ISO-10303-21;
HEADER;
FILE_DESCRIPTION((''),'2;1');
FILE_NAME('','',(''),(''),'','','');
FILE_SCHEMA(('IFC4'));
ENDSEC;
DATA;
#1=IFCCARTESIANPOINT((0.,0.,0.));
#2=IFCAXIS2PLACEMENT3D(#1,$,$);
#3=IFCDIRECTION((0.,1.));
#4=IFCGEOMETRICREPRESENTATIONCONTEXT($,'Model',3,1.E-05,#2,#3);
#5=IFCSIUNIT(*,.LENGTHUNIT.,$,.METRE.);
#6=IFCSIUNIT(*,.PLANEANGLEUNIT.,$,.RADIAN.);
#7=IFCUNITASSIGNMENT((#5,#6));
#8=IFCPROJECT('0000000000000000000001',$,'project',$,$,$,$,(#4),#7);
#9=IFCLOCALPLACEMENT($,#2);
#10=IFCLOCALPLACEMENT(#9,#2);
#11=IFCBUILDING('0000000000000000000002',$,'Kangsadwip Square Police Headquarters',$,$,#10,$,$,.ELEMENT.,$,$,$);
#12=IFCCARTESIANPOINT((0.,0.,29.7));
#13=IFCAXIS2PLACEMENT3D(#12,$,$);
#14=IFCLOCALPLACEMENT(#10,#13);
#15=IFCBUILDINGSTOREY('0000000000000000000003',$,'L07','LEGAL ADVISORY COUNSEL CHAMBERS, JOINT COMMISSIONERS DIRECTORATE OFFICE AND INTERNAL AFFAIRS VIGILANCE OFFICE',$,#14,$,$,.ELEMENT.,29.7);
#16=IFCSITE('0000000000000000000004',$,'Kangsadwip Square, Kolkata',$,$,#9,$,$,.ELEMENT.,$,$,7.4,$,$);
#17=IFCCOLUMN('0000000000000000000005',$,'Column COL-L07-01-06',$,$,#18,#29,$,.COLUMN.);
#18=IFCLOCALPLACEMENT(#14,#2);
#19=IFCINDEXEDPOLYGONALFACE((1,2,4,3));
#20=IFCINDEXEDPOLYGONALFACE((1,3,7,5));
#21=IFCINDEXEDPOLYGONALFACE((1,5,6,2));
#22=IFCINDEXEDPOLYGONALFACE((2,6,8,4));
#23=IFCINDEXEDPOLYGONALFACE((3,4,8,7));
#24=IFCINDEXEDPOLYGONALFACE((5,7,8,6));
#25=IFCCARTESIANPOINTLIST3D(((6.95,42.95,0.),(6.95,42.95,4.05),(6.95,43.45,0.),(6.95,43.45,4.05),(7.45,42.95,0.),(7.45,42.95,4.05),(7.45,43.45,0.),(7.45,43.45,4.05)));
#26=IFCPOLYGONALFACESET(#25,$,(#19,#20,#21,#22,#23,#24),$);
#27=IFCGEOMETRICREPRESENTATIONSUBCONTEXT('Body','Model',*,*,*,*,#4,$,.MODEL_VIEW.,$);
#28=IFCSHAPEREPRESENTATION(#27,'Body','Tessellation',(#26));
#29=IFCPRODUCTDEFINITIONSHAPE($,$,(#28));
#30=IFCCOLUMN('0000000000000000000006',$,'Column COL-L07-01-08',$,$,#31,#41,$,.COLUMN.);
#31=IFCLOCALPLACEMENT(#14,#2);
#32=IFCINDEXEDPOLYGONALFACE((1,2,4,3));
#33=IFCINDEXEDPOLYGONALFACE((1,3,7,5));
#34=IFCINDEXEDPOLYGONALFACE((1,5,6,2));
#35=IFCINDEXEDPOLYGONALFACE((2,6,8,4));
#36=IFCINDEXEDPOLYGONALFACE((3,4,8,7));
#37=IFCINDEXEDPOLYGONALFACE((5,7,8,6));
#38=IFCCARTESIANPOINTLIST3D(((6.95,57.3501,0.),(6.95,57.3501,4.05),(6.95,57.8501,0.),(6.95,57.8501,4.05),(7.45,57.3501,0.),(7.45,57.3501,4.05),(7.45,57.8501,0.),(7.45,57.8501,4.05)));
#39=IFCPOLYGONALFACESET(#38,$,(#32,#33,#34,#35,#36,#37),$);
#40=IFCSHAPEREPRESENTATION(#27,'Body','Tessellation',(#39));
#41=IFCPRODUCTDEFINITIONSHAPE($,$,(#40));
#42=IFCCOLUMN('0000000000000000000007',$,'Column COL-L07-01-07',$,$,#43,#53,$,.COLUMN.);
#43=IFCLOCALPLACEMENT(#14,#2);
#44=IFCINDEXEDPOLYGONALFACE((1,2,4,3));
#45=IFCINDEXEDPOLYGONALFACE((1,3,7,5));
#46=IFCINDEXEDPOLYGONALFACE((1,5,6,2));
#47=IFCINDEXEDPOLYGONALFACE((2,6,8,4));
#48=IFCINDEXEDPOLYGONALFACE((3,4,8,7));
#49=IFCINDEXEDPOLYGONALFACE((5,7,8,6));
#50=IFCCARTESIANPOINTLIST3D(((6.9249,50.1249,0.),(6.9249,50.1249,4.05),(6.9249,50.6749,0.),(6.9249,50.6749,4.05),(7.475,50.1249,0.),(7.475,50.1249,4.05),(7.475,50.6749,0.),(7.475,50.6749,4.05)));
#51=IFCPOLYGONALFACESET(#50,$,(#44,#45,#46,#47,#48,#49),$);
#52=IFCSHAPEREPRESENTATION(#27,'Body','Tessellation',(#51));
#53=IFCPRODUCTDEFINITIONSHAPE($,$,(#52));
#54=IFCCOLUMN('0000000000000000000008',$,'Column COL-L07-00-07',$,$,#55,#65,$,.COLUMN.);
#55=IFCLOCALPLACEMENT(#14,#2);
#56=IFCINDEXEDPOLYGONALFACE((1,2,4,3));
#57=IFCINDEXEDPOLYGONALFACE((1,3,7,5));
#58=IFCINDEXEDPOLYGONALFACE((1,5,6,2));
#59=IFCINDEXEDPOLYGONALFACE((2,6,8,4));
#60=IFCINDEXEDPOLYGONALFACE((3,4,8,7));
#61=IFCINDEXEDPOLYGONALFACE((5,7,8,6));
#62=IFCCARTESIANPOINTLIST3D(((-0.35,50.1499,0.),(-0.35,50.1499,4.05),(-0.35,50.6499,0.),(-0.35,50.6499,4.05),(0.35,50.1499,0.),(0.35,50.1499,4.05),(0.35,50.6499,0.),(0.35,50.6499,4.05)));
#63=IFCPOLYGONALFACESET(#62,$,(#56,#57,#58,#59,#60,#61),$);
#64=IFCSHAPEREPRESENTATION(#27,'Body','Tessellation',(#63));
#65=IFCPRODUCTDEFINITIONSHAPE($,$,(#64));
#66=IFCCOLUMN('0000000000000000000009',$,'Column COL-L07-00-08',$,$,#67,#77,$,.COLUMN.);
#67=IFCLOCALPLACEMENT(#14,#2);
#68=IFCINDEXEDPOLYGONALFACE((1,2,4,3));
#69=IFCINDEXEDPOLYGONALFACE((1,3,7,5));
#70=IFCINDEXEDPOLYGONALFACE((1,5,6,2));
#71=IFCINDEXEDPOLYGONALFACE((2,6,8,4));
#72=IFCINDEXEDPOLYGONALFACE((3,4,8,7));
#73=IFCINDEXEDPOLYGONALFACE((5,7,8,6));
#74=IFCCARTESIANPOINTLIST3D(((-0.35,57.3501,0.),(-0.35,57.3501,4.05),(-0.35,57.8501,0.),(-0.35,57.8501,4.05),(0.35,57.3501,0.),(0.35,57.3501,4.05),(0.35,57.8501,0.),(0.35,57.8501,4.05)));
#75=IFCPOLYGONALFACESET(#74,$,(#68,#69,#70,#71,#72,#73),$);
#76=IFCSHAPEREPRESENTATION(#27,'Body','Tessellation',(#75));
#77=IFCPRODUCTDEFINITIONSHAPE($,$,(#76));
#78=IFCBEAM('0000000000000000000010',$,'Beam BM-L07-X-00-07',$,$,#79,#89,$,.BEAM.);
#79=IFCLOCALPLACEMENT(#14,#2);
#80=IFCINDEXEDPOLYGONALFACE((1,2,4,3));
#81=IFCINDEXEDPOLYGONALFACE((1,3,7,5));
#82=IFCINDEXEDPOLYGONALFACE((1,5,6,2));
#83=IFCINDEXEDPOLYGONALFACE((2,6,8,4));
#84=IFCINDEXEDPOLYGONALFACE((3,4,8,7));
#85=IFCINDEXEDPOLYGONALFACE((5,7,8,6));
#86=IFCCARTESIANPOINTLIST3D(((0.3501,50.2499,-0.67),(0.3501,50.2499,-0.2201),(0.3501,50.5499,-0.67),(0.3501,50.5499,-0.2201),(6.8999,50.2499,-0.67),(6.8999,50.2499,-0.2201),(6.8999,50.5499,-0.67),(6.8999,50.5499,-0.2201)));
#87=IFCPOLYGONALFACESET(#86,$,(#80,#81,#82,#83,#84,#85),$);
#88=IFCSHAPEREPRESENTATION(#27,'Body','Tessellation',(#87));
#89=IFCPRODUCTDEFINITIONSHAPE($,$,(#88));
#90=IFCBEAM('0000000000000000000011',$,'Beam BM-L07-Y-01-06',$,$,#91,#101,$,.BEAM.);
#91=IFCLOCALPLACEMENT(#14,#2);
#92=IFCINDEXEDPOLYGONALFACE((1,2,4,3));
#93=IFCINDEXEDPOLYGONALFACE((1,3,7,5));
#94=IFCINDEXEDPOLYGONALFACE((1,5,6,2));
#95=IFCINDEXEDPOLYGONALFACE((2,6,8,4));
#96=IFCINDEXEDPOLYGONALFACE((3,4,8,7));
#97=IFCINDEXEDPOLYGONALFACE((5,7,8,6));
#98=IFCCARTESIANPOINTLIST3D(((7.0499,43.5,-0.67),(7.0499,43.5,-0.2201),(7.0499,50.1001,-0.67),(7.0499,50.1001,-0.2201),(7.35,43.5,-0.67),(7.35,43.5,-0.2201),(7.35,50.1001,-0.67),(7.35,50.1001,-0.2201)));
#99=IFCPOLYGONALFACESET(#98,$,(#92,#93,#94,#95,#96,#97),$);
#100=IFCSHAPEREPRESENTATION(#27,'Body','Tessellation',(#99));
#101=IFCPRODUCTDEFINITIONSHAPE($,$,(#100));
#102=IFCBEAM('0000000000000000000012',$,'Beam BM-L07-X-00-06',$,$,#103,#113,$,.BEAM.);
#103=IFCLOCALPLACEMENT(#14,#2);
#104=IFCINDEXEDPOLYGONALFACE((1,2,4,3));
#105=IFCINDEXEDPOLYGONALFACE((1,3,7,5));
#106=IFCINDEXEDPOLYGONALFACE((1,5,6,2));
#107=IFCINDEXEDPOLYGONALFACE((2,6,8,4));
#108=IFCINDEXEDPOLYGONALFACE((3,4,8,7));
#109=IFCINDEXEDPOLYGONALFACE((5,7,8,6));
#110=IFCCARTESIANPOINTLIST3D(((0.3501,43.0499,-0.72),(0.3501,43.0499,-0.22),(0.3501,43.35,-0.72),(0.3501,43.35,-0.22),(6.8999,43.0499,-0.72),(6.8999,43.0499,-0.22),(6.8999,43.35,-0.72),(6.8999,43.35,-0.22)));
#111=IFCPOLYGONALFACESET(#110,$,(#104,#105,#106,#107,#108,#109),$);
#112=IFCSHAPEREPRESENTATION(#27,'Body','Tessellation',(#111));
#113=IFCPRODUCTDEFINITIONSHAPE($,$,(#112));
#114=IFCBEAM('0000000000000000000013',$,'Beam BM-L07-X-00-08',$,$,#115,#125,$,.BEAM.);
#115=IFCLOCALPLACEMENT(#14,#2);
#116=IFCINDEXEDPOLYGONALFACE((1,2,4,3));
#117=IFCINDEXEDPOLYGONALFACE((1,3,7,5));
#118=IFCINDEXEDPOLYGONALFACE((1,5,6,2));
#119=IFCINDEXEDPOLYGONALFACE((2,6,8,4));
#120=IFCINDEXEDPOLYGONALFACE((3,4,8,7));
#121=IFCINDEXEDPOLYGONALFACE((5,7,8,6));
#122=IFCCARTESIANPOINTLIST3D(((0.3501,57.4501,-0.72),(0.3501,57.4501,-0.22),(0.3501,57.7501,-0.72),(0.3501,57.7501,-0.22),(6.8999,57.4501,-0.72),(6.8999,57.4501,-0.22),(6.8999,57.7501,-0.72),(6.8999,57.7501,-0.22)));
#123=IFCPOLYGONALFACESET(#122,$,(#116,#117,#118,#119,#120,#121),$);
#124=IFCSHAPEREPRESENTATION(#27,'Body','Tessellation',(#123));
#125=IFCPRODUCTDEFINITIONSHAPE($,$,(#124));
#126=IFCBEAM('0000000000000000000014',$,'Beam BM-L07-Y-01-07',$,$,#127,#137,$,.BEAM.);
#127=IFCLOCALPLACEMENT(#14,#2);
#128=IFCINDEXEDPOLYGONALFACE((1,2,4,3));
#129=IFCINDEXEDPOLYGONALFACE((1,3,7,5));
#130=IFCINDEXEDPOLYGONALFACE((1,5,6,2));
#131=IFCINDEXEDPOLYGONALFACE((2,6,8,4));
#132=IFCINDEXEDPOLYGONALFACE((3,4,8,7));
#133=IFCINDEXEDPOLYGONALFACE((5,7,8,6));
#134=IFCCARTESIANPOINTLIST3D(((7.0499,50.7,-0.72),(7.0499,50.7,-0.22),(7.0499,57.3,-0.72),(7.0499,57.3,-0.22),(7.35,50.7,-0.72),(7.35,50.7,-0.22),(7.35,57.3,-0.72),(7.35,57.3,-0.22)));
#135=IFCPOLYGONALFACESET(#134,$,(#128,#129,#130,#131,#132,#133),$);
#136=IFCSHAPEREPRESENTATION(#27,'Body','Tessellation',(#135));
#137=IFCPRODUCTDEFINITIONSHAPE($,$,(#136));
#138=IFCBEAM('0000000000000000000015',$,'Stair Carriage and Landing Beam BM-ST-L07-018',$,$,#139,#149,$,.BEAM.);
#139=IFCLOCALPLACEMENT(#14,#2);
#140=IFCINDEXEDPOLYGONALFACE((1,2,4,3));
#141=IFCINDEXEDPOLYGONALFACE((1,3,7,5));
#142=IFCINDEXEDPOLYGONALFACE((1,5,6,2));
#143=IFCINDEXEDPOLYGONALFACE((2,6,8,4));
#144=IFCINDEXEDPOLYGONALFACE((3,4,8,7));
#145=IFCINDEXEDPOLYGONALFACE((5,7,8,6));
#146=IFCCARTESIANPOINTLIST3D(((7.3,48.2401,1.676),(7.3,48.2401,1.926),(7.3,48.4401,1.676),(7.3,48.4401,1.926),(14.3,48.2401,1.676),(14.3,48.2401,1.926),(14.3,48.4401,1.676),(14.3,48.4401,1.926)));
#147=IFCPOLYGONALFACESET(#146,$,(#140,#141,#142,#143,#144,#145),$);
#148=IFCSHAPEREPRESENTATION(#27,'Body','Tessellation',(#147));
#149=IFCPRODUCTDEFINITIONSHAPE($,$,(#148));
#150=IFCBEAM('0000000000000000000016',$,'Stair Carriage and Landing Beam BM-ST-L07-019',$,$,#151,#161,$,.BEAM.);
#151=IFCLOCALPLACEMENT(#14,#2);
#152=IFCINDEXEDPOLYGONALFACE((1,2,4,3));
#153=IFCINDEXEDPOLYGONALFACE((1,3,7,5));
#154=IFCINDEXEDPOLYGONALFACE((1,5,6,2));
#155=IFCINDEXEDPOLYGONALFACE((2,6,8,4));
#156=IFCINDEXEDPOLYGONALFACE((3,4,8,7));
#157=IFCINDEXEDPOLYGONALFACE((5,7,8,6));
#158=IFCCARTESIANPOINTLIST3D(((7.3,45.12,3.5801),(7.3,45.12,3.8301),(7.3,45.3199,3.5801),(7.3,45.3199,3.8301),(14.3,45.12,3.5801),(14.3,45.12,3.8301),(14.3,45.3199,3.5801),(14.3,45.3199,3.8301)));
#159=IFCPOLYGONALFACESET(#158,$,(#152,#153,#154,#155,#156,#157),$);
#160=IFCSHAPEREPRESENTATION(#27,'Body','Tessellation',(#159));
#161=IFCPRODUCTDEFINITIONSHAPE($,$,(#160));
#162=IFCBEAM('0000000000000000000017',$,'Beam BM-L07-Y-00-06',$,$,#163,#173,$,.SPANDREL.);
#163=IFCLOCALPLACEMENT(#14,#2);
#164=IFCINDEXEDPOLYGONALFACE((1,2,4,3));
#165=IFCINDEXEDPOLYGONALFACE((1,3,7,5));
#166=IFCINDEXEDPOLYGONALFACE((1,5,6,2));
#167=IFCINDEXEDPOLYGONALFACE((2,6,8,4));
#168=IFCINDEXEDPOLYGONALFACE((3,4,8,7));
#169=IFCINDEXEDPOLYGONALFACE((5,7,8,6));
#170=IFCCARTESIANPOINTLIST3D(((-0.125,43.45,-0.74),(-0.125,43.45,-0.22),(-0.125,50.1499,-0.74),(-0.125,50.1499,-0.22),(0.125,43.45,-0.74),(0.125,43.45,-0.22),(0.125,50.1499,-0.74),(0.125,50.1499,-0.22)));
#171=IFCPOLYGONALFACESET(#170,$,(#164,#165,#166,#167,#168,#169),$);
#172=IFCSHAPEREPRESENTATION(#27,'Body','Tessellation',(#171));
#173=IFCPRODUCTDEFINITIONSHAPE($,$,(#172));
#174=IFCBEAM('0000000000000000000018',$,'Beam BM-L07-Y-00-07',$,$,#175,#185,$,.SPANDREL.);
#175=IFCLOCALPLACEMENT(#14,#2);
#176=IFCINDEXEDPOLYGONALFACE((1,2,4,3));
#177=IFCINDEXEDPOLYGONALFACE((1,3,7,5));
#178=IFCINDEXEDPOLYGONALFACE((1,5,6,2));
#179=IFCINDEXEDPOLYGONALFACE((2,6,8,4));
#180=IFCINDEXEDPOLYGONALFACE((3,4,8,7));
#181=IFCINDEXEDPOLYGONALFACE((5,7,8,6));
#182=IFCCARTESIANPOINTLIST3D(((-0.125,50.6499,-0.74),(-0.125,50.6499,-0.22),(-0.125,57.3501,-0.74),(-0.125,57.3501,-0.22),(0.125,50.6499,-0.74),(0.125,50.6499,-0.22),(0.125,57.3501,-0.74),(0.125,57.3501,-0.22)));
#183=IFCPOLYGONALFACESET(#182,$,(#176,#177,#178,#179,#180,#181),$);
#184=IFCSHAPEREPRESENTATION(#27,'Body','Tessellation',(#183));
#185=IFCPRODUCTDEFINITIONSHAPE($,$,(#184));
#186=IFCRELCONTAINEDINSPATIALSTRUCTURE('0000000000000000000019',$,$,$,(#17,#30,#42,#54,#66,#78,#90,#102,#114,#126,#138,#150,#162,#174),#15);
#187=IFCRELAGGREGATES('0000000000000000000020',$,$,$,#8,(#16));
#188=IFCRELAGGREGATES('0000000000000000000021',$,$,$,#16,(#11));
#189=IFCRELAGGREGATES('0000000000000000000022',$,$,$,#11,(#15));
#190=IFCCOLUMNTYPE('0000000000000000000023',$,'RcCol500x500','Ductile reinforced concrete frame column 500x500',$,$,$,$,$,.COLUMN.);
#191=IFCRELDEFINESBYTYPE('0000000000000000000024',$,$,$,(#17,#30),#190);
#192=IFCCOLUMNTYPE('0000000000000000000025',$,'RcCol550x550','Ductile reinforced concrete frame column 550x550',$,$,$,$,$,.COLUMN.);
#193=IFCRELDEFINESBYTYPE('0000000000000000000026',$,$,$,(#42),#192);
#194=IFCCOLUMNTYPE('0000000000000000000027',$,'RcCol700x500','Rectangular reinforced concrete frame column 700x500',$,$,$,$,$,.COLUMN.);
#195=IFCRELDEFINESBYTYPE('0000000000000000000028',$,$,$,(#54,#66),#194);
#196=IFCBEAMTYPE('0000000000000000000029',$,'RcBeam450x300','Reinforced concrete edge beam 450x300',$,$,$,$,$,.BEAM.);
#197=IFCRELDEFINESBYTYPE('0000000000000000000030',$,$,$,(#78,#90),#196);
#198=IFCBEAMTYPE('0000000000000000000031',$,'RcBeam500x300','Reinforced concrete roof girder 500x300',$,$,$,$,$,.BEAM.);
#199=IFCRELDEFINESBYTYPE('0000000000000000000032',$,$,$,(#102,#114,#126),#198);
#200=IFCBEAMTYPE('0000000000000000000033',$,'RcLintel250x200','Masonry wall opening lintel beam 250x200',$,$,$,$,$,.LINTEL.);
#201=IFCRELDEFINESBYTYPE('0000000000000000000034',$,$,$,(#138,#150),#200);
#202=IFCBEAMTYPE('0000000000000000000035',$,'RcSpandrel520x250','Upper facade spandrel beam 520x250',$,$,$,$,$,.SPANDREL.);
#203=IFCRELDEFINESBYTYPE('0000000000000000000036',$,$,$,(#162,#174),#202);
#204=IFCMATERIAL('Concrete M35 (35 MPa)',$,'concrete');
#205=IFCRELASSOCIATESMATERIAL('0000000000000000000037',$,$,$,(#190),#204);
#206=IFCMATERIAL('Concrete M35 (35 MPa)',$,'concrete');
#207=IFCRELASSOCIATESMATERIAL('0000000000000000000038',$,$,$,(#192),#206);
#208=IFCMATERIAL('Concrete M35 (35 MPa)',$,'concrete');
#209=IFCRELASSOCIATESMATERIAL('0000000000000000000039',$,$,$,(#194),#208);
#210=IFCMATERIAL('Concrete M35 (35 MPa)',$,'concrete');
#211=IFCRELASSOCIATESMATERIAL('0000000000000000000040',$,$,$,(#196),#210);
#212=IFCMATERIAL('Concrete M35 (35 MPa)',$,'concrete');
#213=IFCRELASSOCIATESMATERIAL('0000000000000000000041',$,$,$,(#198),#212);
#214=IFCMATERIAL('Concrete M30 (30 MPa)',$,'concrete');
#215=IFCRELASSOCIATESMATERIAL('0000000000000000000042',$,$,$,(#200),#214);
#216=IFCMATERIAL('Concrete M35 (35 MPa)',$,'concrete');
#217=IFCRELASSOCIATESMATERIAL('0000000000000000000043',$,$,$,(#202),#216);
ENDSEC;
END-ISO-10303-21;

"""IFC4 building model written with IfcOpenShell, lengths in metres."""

from ifc_helpers import new_model, si_unit, direction, frame, origin, origin_2d, place, context, subcontext, project, spatial, rectangle, extrude, material, material_profile, profile_set, type_object, element, save


model = new_model("IFC4")

# Units and contexts
model_context = context("Model", 3, precision=1e-05, world=origin(), true_north=direction((0.0, 1.0)))
body_context = subcontext(model_context, "Body", "Model", "MODEL_VIEW")
ifc_project = project(units=[si_unit("LENGTHUNIT", "METRE"), si_unit("PLANEANGLEUNIT", "RADIAN")], contexts=[model_context])

# Site, building, storey
site_placement = place(None, origin())
site = spatial("IfcSite", under=ifc_project, at=site_placement, Name="Kangsadwip Square, Kolkata", CompositionType="ELEMENT", RefElevation=7.4)
building_placement = place(site_placement, origin())
building = spatial("IfcBuilding", under=site, at=building_placement, Name="Kangsadwip Square Police Headquarters", CompositionType="ELEMENT")
storey_placement = place(building_placement, frame((0.0, 0.0, 29.7)))
storey = spatial("IfcBuildingStorey", under=building, at=storey_placement, Name="L07", Description="LEGAL ADVISORY COUNSEL CHAMBERS, JOINT COMMISSIONERS DIRECTORATE OFFICE AND INTERNAL AFFAIRS VIGILANCE OFFICE", CompositionType="ELEMENT", Elevation=29.7)

# Columns
ifc_material_1 = material(Name="Concrete M35 (35 MPa)", Category="concrete")
ifc_material_profile_1 = material_profile(ifc_material_1, rectangle(XDim=0.5, YDim=0.5, at=origin_2d()), Name="RC COL 500X500")
ifc_profile_set_1 = profile_set([ifc_material_profile_1], Name="Concrete M35 (35 MPa)")
column_type_1 = type_object("IfcColumnType", Name="RcCol500x500", Description="Ductile reinforced concrete frame column 500x500", PredefinedType="COLUMN", material=ifc_profile_set_1)
for number, where, z_axis, x_axis, name in (
    (1, (7.2, 43.2, 0.0), (0.0, 0.0, 1.0), (1.0, 0.0, 0.0), "Column COL-L07-01-06"),
    (2, (7.2, 57.6001, 0.0), (0.0, 0.0, 1.0), (1.0, 0.0, 0.0), "Column COL-L07-01-08"),
):
    element("IfcColumn", number, at=place(storey_placement, frame(where, z_axis=z_axis, x_axis=x_axis)), inside=storey, type_object=column_type_1, Name=name, PredefinedType="COLUMN", context=body_context, shape_type="SweptSolid", body=[
        extrude(rectangle(XDim=0.5, YDim=0.5, at=origin_2d()), origin(), (0.0, 0.0, 1.0), 4.05),
    ])
ifc_material_2 = material(Name="Concrete M35 (35 MPa)", Category="concrete")
ifc_material_profile_2 = material_profile(ifc_material_2, rectangle(XDim=0.55, YDim=0.55, at=origin_2d()), Name="RC COL 550X550")
ifc_profile_set_2 = profile_set([ifc_material_profile_2], Name="Concrete M35 (35 MPa)")
column_type_2 = type_object("IfcColumnType", Name="RcCol550x550", Description="Ductile reinforced concrete frame column 550x550", PredefinedType="COLUMN", material=ifc_profile_set_2)
column_placement = place(storey_placement, frame((7.2, 50.3999, 0.0), z_axis=(0.0, 0.0, 1.0), x_axis=(1.0, 0.0, 0.0)))
element("IfcColumn", 3, at=column_placement, inside=storey, type_object=column_type_2, Name="Column COL-L07-01-07", PredefinedType="COLUMN", context=body_context, shape_type="SweptSolid", body=[
    extrude(rectangle(XDim=0.55, YDim=0.55, at=origin_2d()), origin(), (0.0, 0.0, 1.0), 4.05),
])
ifc_material_3 = material(Name="Concrete M35 (35 MPa)", Category="concrete")
ifc_material_profile_3 = material_profile(ifc_material_3, rectangle(XDim=0.5, YDim=0.7, at=origin_2d()), Name="RC COL 700X500")
ifc_profile_set_3 = profile_set([ifc_material_profile_3], Name="Concrete M35 (35 MPa)")
column_type_3 = type_object("IfcColumnType", Name="RcCol700x500", Description="Rectangular reinforced concrete frame column 700x500", PredefinedType="COLUMN", material=ifc_profile_set_3)
for number, where, z_axis, x_axis, name in (
    (4, (0.0, 50.3999, 0.0), (0.0, 0.0, 1.0), (0.0, 1.0, 0.0), "Column COL-L07-00-07"),
    (5, (0.0, 57.6001, 0.0), (0.0, 0.0, 1.0), (0.0, 1.0, 0.0), "Column COL-L07-00-08"),
):
    element("IfcColumn", number, at=place(storey_placement, frame(where, z_axis=z_axis, x_axis=x_axis)), inside=storey, type_object=column_type_3, Name=name, PredefinedType="COLUMN", context=body_context, shape_type="SweptSolid", body=[
        extrude(rectangle(XDim=0.5, YDim=0.7, at=origin_2d()), origin(), (0.0, 0.0, 1.0), 4.05),
    ])

# Beams
ifc_material_4 = material(Name="Concrete M35 (35 MPa)", Category="concrete")
ifc_material_profile_4 = material_profile(ifc_material_4, rectangle(XDim=0.3, YDim=0.45, at=origin_2d()), Name="RC BM 450X300")
ifc_profile_set_4 = profile_set([ifc_material_profile_4], Name="Concrete M35 (35 MPa)")
beam_type_1 = type_object("IfcBeamType", Name="RcBeam450x300", Description="Reinforced concrete edge beam 450x300", PredefinedType="BEAM", material=ifc_profile_set_4)
beam_1_placement = place(storey_placement, frame((0.3501, 50.3999, -0.4451), z_axis=(1.0, 0.0, 0.0), x_axis=(0.0, 1.0, 0.0)))
element("IfcBeam", 6, at=beam_1_placement, inside=storey, type_object=beam_type_1, Name="Beam BM-L07-X-00-07", PredefinedType="BEAM", context=body_context, shape_type="SweptSolid", body=[
    extrude(rectangle(XDim=0.3, YDim=0.45, at=origin_2d()), origin(), (0.0, 0.0, 1.0), 6.5498),
])
beam_2_placement = place(storey_placement, frame((7.2, 43.5, -0.4451), z_axis=(0.0, 1.0, 0.0), x_axis=(-1.0, 0.0, 0.0)))
element("IfcBeam", 7, at=beam_2_placement, inside=storey, type_object=beam_type_1, Name="Beam BM-L07-Y-01-06", PredefinedType="BEAM", context=body_context, shape_type="SweptSolid", body=[
    extrude(rectangle(XDim=0.3, YDim=0.45, at=origin_2d()), origin(), (0.0, 0.0, 1.0), 6.6001),
])
ifc_material_5 = material(Name="Concrete M35 (35 MPa)", Category="concrete")
ifc_material_profile_5 = material_profile(ifc_material_5, rectangle(XDim=0.3, YDim=0.5, at=origin_2d()), Name="RC BM 500X300")
ifc_profile_set_5 = profile_set([ifc_material_profile_5], Name="Concrete M35 (35 MPa)")
beam_type_2 = type_object("IfcBeamType", Name="RcBeam500x300", Description="Reinforced concrete roof girder 500x300", PredefinedType="BEAM", material=ifc_profile_set_5)
for number, where, z_axis, x_axis, name in (
    (8, (0.3501, 43.2, -0.47), (1.0, 0.0, 0.0), (0.0, 1.0, 0.0), "Beam BM-L07-X-00-06"),
    (9, (0.3501, 57.6001, -0.47), (1.0, 0.0, 0.0), (0.0, 1.0, 0.0), "Beam BM-L07-X-00-08"),
):
    element("IfcBeam", number, at=place(storey_placement, frame(where, z_axis=z_axis, x_axis=x_axis)), inside=storey, type_object=beam_type_2, Name=name, PredefinedType="BEAM", context=body_context, shape_type="SweptSolid", body=[
        extrude(rectangle(XDim=0.3, YDim=0.5, at=origin_2d()), origin(), (0.0, 0.0, 1.0), 6.5498),
    ])
beam_3_placement = place(storey_placement, frame((7.2, 50.7, -0.47), z_axis=(0.0, 1.0, 0.0), x_axis=(-1.0, 0.0, 0.0)))
element("IfcBeam", 10, at=beam_3_placement, inside=storey, type_object=beam_type_2, Name="Beam BM-L07-Y-01-07", PredefinedType="BEAM", context=body_context, shape_type="SweptSolid", body=[
    extrude(rectangle(XDim=0.3, YDim=0.5, at=origin_2d()), origin(), (0.0, 0.0, 1.0), 6.6001),
])
ifc_material_6 = material(Name="Concrete M30 (30 MPa)", Category="concrete")
ifc_material_profile_6 = material_profile(ifc_material_6, rectangle(XDim=0.2, YDim=0.25, at=origin_2d()), Name="RC LNT 250X200")
ifc_profile_set_6 = profile_set([ifc_material_profile_6], Name="Concrete M30 (30 MPa)")
beam_type_3 = type_object("IfcBeamType", Name="RcLintel250x200", Description="Masonry wall opening lintel beam 250x200", PredefinedType="LINTEL", material=ifc_profile_set_6)
for number, where, z_axis, x_axis, name in (
    (11, (7.3, 48.3401, 1.801), (1.0, 0.0, 0.0), (0.0, 1.0, 0.0), "Stair Carriage and Landing Beam BM-ST-L07-018"),
    (12, (7.3, 45.22, 3.7051), (1.0, 0.0, 0.0), (0.0, 1.0, 0.0), "Stair Carriage and Landing Beam BM-ST-L07-019"),
):
    element("IfcBeam", number, at=place(storey_placement, frame(where, z_axis=z_axis, x_axis=x_axis)), inside=storey, type_object=beam_type_3, Name=name, PredefinedType="BEAM", context=body_context, shape_type="SweptSolid", body=[
        extrude(rectangle(XDim=0.2, YDim=0.25, at=origin_2d()), origin(), (0.0, 0.0, 1.0), 7.0),
    ])
ifc_material_7 = material(Name="Concrete M35 (35 MPa)", Category="concrete")
ifc_material_profile_7 = material_profile(ifc_material_7, rectangle(XDim=0.25, YDim=0.52, at=origin_2d()), Name="RC SPN 520X250")
ifc_profile_set_7 = profile_set([ifc_material_profile_7], Name="Concrete M35 (35 MPa)")
beam_type_4 = type_object("IfcBeamType", Name="RcSpandrel520x250", Description="Upper facade spandrel beam 520x250", PredefinedType="SPANDREL", material=ifc_profile_set_7)
beam_4_placement = place(storey_placement, frame((0.0, 43.45, -0.48), z_axis=(0.0, 1.0, 0.0), x_axis=(-1.0, 0.0, 0.0)))
element("IfcBeam", 13, at=beam_4_placement, inside=storey, type_object=beam_type_4, Name="Beam BM-L07-Y-00-06", PredefinedType="SPANDREL", context=body_context, shape_type="SweptSolid", body=[
    extrude(rectangle(XDim=0.25, YDim=0.52, at=origin_2d()), origin(), (0.0, 0.0, 1.0), 6.7),
])
beam_5_placement = place(storey_placement, frame((0.0, 50.6499, -0.48), z_axis=(0.0, 1.0, 0.0), x_axis=(-1.0, 0.0, 0.0)))
element("IfcBeam", 14, at=beam_5_placement, inside=storey, type_object=beam_type_4, Name="Beam BM-L07-Y-00-07", PredefinedType="SPANDREL", context=body_context, shape_type="SweptSolid", body=[
    extrude(rectangle(XDim=0.25, YDim=0.52, at=origin_2d()), origin(), (0.0, 0.0, 1.0), 6.7002),
])

save(model, "model.ifc")
